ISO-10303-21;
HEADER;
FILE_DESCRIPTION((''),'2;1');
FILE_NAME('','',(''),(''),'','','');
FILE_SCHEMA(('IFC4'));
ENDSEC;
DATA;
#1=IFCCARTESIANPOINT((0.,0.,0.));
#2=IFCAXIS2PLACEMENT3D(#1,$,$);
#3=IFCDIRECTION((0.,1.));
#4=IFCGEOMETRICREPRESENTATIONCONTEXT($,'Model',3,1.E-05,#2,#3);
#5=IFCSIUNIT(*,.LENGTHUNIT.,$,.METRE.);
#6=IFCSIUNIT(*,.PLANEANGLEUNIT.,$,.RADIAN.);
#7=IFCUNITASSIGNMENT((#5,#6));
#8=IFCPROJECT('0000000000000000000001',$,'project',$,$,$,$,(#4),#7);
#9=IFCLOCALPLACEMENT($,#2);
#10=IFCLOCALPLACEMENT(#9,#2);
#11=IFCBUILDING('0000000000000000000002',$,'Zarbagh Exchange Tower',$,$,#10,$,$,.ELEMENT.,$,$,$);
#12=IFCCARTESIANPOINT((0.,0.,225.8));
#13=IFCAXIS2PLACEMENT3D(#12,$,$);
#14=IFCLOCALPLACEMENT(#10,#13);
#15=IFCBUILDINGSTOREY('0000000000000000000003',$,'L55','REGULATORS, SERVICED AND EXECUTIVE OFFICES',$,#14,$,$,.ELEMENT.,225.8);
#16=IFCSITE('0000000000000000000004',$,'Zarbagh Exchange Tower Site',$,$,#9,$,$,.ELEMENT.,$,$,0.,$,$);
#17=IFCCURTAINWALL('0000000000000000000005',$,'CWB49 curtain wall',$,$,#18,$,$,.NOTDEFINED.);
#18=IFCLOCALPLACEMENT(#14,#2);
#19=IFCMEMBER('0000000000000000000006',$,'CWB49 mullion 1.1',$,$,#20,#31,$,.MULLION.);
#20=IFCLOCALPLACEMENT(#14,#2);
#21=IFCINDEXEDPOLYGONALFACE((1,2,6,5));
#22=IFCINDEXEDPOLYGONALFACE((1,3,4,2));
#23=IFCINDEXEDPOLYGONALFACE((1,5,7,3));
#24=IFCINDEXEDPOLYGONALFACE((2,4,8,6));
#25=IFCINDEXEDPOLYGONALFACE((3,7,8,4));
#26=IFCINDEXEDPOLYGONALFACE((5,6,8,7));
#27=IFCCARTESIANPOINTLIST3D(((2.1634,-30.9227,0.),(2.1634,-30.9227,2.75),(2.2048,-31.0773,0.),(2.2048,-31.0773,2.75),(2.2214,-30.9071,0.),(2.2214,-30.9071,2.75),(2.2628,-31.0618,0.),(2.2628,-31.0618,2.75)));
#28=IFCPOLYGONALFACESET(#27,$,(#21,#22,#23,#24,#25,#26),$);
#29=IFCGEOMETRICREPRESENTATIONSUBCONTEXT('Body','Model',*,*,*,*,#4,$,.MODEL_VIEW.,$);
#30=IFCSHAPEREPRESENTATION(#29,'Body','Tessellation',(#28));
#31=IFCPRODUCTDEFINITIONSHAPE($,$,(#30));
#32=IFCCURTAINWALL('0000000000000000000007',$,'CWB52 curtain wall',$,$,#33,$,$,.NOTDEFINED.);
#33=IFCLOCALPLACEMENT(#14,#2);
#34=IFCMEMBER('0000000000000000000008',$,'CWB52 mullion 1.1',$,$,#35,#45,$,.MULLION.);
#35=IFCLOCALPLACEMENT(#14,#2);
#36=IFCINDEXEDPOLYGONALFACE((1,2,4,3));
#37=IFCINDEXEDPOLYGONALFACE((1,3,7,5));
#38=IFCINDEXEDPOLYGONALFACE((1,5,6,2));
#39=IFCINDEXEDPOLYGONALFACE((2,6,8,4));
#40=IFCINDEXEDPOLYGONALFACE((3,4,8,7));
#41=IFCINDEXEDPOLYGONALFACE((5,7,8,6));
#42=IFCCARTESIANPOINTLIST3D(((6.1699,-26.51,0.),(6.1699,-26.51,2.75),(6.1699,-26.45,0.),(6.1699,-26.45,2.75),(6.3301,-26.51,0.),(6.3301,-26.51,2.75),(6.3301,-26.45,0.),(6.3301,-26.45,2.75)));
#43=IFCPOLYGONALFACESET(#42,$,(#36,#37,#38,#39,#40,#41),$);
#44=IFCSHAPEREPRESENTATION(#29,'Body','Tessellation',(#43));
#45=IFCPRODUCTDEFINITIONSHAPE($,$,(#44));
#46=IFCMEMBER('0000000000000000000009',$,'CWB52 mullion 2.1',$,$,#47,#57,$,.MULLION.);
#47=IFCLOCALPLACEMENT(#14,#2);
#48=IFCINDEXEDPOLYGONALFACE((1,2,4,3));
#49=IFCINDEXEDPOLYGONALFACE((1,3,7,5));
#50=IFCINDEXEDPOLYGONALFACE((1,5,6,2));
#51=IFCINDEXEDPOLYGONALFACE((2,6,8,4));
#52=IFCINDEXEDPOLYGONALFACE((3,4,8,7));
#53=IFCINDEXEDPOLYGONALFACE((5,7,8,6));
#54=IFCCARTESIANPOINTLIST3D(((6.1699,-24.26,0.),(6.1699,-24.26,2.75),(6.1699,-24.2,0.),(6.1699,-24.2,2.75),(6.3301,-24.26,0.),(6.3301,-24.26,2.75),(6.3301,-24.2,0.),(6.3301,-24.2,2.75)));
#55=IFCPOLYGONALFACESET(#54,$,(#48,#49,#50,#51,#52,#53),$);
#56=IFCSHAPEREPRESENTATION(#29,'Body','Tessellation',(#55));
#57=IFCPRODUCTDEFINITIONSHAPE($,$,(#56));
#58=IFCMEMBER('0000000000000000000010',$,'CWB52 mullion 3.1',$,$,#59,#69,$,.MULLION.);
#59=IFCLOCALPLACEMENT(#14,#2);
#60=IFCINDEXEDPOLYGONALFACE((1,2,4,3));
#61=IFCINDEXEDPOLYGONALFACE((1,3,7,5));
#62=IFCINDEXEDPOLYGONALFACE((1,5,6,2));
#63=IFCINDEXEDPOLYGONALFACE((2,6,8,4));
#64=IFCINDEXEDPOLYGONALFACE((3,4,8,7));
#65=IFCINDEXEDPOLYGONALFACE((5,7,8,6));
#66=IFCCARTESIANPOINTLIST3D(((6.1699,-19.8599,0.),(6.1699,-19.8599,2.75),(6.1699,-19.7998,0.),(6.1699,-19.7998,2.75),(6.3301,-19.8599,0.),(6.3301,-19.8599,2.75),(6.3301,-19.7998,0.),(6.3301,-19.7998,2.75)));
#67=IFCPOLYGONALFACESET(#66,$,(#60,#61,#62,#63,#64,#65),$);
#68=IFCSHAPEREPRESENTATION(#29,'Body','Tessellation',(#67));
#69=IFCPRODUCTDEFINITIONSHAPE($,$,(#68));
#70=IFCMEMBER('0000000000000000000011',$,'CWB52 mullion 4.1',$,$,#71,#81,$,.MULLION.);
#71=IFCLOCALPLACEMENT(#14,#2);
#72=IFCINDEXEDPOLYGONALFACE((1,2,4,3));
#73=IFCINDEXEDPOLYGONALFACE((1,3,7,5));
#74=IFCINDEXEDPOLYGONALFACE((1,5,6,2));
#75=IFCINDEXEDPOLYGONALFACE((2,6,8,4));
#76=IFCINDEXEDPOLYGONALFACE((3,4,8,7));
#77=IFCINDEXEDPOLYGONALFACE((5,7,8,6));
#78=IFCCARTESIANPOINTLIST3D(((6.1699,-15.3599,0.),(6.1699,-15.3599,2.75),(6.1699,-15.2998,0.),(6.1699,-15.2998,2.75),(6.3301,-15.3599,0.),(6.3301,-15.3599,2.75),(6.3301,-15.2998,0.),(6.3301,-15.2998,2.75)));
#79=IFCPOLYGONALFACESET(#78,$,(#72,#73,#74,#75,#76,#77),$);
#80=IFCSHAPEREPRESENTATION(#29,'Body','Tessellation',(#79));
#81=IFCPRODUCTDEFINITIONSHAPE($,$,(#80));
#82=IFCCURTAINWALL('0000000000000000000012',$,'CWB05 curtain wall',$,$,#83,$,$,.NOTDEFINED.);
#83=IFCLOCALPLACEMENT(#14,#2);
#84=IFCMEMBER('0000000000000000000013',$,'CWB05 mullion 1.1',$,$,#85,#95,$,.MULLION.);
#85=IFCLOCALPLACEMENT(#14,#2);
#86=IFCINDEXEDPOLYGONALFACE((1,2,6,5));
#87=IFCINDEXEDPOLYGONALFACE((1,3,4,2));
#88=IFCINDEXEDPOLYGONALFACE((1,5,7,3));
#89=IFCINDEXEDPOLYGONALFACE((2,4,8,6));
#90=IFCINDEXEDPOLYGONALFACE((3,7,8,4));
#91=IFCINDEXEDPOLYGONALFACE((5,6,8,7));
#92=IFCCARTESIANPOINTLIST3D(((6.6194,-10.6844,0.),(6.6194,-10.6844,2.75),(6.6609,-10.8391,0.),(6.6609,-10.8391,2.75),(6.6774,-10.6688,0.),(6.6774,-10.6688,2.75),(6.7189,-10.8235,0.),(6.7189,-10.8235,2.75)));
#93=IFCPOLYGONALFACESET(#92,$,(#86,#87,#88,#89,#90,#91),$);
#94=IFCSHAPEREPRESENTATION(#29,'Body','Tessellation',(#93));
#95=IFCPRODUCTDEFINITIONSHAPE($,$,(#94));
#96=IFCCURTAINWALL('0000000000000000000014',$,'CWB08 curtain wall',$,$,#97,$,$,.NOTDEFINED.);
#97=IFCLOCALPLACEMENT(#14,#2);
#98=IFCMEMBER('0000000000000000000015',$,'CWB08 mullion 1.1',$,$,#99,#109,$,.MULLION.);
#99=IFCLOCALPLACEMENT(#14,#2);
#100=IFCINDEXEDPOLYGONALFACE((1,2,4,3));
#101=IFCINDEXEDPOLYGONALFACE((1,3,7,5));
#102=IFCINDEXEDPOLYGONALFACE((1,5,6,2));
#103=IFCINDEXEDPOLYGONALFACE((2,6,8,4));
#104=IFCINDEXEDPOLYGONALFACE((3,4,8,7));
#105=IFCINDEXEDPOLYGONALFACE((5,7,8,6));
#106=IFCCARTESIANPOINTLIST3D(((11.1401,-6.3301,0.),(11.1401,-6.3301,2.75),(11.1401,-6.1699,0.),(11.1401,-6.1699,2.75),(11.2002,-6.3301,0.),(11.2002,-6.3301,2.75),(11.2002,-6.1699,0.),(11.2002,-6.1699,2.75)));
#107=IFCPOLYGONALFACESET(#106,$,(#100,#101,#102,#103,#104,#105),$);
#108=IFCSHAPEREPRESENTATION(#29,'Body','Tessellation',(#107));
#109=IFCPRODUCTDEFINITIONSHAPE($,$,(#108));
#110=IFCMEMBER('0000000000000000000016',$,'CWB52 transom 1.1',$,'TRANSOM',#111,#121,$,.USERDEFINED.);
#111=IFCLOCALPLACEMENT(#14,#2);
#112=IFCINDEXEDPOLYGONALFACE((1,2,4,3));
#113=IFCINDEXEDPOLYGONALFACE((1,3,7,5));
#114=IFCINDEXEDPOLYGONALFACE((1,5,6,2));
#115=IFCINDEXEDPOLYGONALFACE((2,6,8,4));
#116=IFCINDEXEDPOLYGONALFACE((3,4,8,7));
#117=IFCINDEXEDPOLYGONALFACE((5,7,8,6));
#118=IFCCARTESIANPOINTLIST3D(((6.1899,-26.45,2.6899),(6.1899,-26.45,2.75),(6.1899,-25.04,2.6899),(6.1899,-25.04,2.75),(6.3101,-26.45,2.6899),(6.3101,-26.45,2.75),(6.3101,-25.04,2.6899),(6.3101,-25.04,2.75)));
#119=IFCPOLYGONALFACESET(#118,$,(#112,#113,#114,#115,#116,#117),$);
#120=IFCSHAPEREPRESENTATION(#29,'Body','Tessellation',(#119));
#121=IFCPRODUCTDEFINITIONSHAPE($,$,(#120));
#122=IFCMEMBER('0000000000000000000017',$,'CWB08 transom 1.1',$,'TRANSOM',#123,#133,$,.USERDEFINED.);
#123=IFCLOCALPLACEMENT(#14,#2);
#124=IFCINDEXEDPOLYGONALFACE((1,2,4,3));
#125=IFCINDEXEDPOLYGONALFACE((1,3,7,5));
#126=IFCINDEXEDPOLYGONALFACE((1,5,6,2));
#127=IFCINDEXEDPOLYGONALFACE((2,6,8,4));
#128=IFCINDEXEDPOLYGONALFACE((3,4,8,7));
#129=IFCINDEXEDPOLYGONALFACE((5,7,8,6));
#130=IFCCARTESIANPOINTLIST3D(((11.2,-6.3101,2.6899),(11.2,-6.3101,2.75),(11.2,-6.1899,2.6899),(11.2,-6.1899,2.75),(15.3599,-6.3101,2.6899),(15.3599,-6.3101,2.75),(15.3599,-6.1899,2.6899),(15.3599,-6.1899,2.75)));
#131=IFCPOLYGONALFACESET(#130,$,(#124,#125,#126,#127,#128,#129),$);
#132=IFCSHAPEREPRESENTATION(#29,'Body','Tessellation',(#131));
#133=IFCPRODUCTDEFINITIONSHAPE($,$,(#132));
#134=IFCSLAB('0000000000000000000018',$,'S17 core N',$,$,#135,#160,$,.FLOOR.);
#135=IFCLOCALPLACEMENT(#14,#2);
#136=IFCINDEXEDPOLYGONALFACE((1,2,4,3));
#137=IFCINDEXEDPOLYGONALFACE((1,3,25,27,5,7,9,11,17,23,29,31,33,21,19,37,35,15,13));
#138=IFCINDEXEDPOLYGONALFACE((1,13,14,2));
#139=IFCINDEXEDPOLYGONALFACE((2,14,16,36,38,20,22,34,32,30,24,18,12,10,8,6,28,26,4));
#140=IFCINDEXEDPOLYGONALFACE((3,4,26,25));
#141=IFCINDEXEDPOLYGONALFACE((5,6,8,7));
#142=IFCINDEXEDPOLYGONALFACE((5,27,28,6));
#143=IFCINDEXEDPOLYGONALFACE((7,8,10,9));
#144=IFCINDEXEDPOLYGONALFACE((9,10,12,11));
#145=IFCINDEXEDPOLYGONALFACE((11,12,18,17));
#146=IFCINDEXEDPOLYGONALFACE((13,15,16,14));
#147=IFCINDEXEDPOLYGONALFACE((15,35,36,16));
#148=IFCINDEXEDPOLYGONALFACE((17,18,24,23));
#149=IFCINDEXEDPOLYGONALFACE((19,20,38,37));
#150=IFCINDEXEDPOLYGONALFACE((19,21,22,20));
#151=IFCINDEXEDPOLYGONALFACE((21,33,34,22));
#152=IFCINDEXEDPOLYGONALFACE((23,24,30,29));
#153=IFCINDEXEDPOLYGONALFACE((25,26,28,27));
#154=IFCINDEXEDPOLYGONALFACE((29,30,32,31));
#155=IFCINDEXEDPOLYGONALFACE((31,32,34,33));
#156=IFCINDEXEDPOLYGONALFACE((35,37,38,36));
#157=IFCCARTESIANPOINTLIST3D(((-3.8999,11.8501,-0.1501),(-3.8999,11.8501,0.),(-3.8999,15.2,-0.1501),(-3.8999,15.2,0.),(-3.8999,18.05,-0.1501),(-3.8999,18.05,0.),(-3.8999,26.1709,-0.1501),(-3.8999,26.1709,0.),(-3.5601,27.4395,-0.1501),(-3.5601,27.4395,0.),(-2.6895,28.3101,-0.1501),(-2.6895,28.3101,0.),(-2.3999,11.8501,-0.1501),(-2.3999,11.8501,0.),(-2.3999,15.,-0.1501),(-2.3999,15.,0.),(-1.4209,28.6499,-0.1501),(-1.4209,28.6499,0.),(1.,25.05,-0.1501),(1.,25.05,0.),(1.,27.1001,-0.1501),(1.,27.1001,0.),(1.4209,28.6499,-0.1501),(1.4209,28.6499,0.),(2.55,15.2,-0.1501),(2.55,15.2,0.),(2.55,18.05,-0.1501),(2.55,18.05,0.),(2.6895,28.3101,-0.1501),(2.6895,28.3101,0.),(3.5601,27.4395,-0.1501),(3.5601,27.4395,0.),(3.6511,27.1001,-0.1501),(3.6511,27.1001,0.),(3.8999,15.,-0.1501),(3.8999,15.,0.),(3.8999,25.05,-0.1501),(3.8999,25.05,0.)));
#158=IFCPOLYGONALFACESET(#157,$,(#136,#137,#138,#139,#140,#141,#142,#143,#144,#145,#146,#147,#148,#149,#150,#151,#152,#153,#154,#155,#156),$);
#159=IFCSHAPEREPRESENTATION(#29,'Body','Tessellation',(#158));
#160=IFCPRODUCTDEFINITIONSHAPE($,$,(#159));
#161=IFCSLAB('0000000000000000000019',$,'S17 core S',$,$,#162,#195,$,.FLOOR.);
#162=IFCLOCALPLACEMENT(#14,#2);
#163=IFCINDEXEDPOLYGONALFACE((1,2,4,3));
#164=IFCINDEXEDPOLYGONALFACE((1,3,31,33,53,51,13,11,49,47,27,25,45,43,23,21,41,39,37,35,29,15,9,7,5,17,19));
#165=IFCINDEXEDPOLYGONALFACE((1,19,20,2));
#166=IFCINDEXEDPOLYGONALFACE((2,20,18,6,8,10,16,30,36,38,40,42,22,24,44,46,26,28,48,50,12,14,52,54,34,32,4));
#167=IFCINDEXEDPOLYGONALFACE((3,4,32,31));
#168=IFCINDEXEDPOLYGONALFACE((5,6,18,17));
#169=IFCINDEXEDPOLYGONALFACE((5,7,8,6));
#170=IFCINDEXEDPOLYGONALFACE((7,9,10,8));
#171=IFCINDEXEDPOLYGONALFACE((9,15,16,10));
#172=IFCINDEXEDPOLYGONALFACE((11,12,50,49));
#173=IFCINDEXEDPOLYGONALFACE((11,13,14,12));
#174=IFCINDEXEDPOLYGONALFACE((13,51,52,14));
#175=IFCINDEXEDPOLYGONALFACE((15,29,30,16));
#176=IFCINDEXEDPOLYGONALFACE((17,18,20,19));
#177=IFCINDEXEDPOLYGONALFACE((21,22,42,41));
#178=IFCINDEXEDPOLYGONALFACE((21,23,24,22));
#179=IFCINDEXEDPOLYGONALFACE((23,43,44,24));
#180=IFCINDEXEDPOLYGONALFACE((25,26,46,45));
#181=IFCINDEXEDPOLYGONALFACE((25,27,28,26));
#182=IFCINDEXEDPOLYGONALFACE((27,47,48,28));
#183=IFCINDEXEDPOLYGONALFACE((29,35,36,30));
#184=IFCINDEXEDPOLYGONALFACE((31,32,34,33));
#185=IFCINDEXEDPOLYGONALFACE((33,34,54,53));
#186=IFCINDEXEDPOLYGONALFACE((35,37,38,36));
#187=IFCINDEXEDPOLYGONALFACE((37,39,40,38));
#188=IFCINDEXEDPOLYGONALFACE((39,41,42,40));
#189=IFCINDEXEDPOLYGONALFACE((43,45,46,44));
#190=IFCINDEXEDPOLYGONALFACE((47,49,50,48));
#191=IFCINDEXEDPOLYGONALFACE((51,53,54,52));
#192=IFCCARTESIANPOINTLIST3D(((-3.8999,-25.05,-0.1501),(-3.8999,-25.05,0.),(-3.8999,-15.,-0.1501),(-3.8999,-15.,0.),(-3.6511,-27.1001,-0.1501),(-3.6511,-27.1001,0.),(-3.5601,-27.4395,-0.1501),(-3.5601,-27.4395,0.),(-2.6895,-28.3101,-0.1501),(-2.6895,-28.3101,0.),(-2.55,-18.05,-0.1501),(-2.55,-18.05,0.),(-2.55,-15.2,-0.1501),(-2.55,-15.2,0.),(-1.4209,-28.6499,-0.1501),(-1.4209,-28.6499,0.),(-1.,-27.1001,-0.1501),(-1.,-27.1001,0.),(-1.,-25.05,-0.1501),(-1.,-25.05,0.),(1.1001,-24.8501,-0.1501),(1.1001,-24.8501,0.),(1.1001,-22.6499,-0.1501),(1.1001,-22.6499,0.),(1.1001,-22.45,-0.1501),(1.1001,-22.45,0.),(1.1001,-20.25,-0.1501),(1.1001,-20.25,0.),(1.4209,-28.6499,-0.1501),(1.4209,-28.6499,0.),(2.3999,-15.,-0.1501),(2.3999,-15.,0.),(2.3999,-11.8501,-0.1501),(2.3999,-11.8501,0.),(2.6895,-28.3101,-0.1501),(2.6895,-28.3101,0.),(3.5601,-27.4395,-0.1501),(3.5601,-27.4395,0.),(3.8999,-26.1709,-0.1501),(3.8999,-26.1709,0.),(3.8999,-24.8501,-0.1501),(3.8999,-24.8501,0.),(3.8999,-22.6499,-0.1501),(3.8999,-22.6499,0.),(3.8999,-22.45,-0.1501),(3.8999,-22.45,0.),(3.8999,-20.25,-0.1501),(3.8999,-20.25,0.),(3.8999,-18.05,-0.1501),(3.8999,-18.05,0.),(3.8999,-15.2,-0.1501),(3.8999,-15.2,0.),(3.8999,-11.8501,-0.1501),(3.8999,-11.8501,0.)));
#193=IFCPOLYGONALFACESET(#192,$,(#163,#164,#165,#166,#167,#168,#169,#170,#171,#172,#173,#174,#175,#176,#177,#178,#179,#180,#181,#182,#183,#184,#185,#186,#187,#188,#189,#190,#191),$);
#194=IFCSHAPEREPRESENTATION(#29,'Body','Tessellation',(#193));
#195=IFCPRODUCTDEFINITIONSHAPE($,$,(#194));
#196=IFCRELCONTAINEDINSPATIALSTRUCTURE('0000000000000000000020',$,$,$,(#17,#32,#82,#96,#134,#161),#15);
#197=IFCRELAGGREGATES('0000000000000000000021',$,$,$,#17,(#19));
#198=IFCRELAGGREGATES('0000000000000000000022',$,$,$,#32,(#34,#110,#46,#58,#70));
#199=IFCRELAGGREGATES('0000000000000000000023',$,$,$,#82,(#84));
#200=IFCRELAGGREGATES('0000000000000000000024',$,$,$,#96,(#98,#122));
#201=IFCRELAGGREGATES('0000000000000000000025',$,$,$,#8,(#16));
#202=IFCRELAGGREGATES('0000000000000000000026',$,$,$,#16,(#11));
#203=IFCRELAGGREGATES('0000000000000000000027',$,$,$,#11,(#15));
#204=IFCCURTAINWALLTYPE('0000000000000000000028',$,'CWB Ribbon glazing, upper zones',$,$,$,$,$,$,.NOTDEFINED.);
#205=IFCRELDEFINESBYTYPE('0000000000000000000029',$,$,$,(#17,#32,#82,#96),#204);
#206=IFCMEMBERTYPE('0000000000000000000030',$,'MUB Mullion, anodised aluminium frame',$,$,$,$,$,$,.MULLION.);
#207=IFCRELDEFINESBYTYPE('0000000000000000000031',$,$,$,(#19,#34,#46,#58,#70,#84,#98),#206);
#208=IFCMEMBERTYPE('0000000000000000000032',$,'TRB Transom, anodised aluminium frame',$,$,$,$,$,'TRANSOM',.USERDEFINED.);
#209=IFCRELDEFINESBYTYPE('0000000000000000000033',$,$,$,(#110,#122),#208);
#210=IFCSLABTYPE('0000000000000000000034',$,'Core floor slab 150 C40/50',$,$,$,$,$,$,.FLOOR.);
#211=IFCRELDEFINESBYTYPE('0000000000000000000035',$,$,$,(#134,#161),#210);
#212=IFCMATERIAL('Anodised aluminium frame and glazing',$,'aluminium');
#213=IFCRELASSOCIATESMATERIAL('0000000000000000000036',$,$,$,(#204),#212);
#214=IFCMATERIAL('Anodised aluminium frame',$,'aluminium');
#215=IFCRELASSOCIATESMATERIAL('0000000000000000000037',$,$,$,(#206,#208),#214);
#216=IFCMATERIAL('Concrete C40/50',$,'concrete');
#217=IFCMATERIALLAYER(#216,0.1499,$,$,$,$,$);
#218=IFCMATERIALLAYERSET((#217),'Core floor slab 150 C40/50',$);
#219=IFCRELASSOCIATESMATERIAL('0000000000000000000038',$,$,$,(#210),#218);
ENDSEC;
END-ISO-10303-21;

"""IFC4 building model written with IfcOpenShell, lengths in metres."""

from ifc_helpers import new_model, si_unit, direction, frame, origin, place, context, subcontext, project, spatial, polyline, outline, extrude, source, transform, mapped, material, layer, layer_set, type_object, element, aggregate, save


model = new_model("IFC4")

# Units and contexts
model_context = context("Model", 3, precision=1e-05, world=origin(), true_north=direction((0.0, 1.0)))
body_context = subcontext(model_context, "Body", "Model", "MODEL_VIEW")
ifc_project = project(units=[si_unit("LENGTHUNIT", "METRE"), si_unit("PLANEANGLEUNIT", "RADIAN")], contexts=[model_context])

# Site, building, storey
site_placement = place(None, origin())
site = spatial("IfcSite", under=ifc_project, at=site_placement, Name="Zarbagh Exchange Tower Site", CompositionType="ELEMENT", RefElevation=0.0)
building_placement = place(site_placement, origin())
building = spatial("IfcBuilding", under=site, at=building_placement, Name="Zarbagh Exchange Tower", CompositionType="ELEMENT")
storey_placement = place(building_placement, frame((0.0, 0.0, 225.8)))
storey = spatial("IfcBuildingStorey", under=building, at=storey_placement, Name="L55", Description="REGULATORS, SERVICED AND EXECUTIVE OFFICES", CompositionType="ELEMENT", Elevation=225.8)

# Curtain wall, member
ifc_material_1 = material(Name="Anodised aluminium frame and glazing", Category="aluminium")
curtain_wall_type = type_object("IfcCurtainWallType", Name="CWB Ribbon glazing, upper zones", PredefinedType="NOTDEFINED", material=ifc_material_1)
curtain_wall_1_placement = place(storey_placement, origin())
curtain_wall_1 = element("IfcCurtainWall", 1, at=curtain_wall_1_placement, inside=storey, type_object=curtain_wall_type, Name="CWB49 curtain wall", PredefinedType="NOTDEFINED")
ifc_material_2 = material(Name="Anodised aluminium frame", Category="aluminium")
member_type_1 = type_object("IfcMemberType", Name="MUB Mullion, anodised aluminium frame", PredefinedType="MULLION", material=ifc_material_2)
shared_shape_1 = source(origin(), body_context, "Body", "SweptSolid", [
    extrude(outline(polyline([(0.0, -0.0801), (0.0601, -0.0801), (0.0601, 0.0801), (0.0, 0.0801), (0.0, -0.0801)])), origin(), (0.0, 0.0, 1.0), 2.75),
])
placement = place(storey_placement, origin())
member_1 = element("IfcMember", 2, at=placement, type_object=member_type_1, Name="CWB49 mullion 1.1", PredefinedType="MULLION", context=body_context, shape_type="MappedRepresentation", body=[
    mapped(shared_shape_1, transform((2.1841, -31.0, 0.0), x_axis=(0.965924, 0.258825, 0.0), y_axis=(-0.258825, 0.965924, 0.0), z_axis=(0.0, 0.0, 1.0))),
])

# Curtain wall, members
curtain_wall_2_placement = place(storey_placement, origin())
curtain_wall_2 = element("IfcCurtainWall", 3, at=curtain_wall_2_placement, inside=storey, type_object=curtain_wall_type, Name="CWB52 curtain wall", PredefinedType="NOTDEFINED")
member_2 = element("IfcMember", 4, at=placement, type_object=member_type_1, Name="CWB52 mullion 1.1", PredefinedType="MULLION", context=body_context, shape_type="MappedRepresentation", body=[
    mapped(shared_shape_1, transform((6.25, -26.51, 0.0), x_axis=(0.0, 1.0, 0.0), y_axis=(-1.0, 0.0, 0.0), z_axis=(0.0, 0.0, 1.0))),
])
member_3 = element("IfcMember", 5, at=placement, type_object=member_type_1, Name="CWB52 mullion 2.1", PredefinedType="MULLION", context=body_context, shape_type="MappedRepresentation", body=[
    mapped(shared_shape_1, transform((6.25, -24.26, 0.0), x_axis=(0.0, 1.0, 0.0), y_axis=(-1.0, 0.0, 0.0), z_axis=(0.0, 0.0, 1.0))),
])
member_4 = element("IfcMember", 6, at=placement, type_object=member_type_1, Name="CWB52 mullion 3.1", PredefinedType="MULLION", context=body_context, shape_type="MappedRepresentation", body=[
    mapped(shared_shape_1, transform((6.25, -19.8599, 0.0), x_axis=(0.0, 1.0, 0.0), y_axis=(-1.0, 0.0, 0.0), z_axis=(0.0, 0.0, 1.0))),
])
member_5 = element("IfcMember", 7, at=placement, type_object=member_type_1, Name="CWB52 mullion 4.1", PredefinedType="MULLION", context=body_context, shape_type="MappedRepresentation", body=[
    mapped(shared_shape_1, transform((6.25, -15.3599, 0.0), x_axis=(0.0, 1.0, 0.0), y_axis=(-1.0, 0.0, 0.0), z_axis=(0.0, 0.0, 1.0))),
])

# Curtain walls, members
curtain_wall_3_placement = place(storey_placement, origin())
curtain_wall_3 = element("IfcCurtainWall", 8, at=curtain_wall_3_placement, inside=storey, type_object=curtain_wall_type, Name="CWB05 curtain wall", PredefinedType="NOTDEFINED")
member_6 = element("IfcMember", 9, at=placement, type_object=member_type_1, Name="CWB05 mullion 1.1", PredefinedType="MULLION", context=body_context, shape_type="MappedRepresentation", body=[
    mapped(shared_shape_1, transform((6.6401, -10.7617, 0.0), x_axis=(0.965924, 0.258825, 0.0), y_axis=(-0.258825, 0.965924, 0.0), z_axis=(0.0, 0.0, 1.0))),
])
curtain_wall_4_placement = place(storey_placement, origin())
curtain_wall_4 = element("IfcCurtainWall", 10, at=curtain_wall_4_placement, inside=storey, type_object=curtain_wall_type, Name="CWB08 curtain wall", PredefinedType="NOTDEFINED")
member_7 = element("IfcMember", 11, at=placement, type_object=member_type_1, Name="CWB08 mullion 1.1", PredefinedType="MULLION", context=body_context, shape_type="MappedRepresentation", body=[
    mapped(shared_shape_1, transform((11.1401, -6.25, 0.0), x_axis=(1.0, 0.0, 0.0), y_axis=(0.0, 1.0, 0.0), z_axis=(0.0, 0.0, 1.0))),
])

# Members
member_type_2 = type_object("IfcMemberType", Name="TRB Transom, anodised aluminium frame", ElementType="TRANSOM", PredefinedType="USERDEFINED", material=ifc_material_2)
shared_shape_2 = source(origin(), body_context, "Body", "SweptSolid", [
    extrude(outline(polyline([(-0.0601, -0.0601), (0.0, -0.0601), (0.0, 0.0601), (-0.0601, 0.0601), (-0.0601, -0.0601)])), origin(), (0.0, 0.0, 1.0), 1.4099),
])
member_8 = element("IfcMember", 12, at=placement, type_object=member_type_2, Name="CWB52 transom 1.1", ObjectType="TRANSOM", PredefinedType="USERDEFINED", context=body_context, shape_type="MappedRepresentation", body=[
    mapped(shared_shape_2, transform((6.25, -26.45, 2.75), x_axis=(0.0, 0.0, 1.0), y_axis=(1.0, 0.0, 0.0), z_axis=(0.0, 1.0, 0.0))),
])
shared_shape_3 = source(origin(), body_context, "Body", "SweptSolid", [
    extrude(outline(polyline([(-0.0601, -0.0601), (0.0, -0.0601), (0.0, 0.0601), (-0.0601, 0.0601), (-0.0601, -0.0601)])), origin(), (0.0, 0.0, 1.0), 4.1599),
])
member_9 = element("IfcMember", 13, at=placement, type_object=member_type_2, Name="CWB08 transom 1.1", ObjectType="TRANSOM", PredefinedType="USERDEFINED", context=body_context, shape_type="MappedRepresentation", body=[
    mapped(shared_shape_3, transform((11.2, -6.25, 2.75), x_axis=(0.0, 0.0, 1.0), y_axis=(0.0, -1.0, 0.0), z_axis=(1.0, 0.0, 0.0))),
])

# Slabs
ifc_material_3 = material(Name="Concrete C40/50", Category="concrete")
ifc_layer_1 = layer(ifc_material_3, 0.1499)
ifc_layer_set_1 = layer_set([ifc_layer_1], Name="Core floor slab 150 C40/50")
slab_type = type_object("IfcSlabType", Name="Core floor slab 150 C40/50", PredefinedType="FLOOR", material=ifc_layer_set_1)
slab_1_placement = place(storey_placement, frame((0.0, 0.0, -0.1501)))
element("IfcSlab", 14, at=slab_1_placement, inside=storey, type_object=slab_type, Name="S17 core N", PredefinedType="FLOOR", context=body_context, shape_type="SweptSolid", body=[
    extrude(outline(polyline([(-3.8999, 11.8501), (-3.8999, 15.2), (2.55, 15.2), (2.55, 18.05), (-3.8999, 18.05), (-3.8999, 26.1709), (-3.5601, 27.4395), (-2.6895, 28.3101), (-1.4209, 28.6499), (1.4209, 28.6499), (2.6895, 28.3101), (3.5601, 27.4395), (3.6511, 27.1001), (1.0, 27.1001), (1.0, 25.05), (3.8999, 25.05), (3.8999, 15.0), (-2.3999, 15.0), (-2.3999, 11.8501), (-3.8999, 11.8501)])), origin(), (0.0, 0.0, 1.0), 0.1501),
])
slab_2_placement = place(storey_placement, frame((0.0, 0.0, -0.1501)))
element("IfcSlab", 15, at=slab_2_placement, inside=storey, type_object=slab_type, Name="S17 core S", PredefinedType="FLOOR", context=body_context, shape_type="SweptSolid", body=[
    extrude(outline(polyline([(-2.6895, -28.3101), (-3.5601, -27.4395), (-3.6511, -27.1001), (-1.0, -27.1001), (-1.0, -25.05), (-3.8999, -25.05), (-3.8999, -15.0), (2.3999, -15.0), (2.3999, -11.8501), (3.8999, -11.8501), (3.8999, -15.2), (-2.55, -15.2), (-2.55, -18.05), (3.8999, -18.05), (3.8999, -20.25), (1.1001, -20.25), (1.1001, -22.45), (3.8999, -22.45), (3.8999, -22.6499), (1.1001, -22.6499), (1.1001, -24.8501), (3.8999, -24.8501), (3.8999, -26.1709), (3.5601, -27.4395), (2.6895, -28.3101), (1.4209, -28.6499), (-1.4209, -28.6499), (-2.6895, -28.3101)])), origin(), (0.0, 0.0, 1.0), 0.1501),
])

aggregate(curtain_wall_1, [member_1])

aggregate(curtain_wall_2, [member_2, member_8, member_3, member_4, member_5])
aggregate(curtain_wall_3, [member_6])

aggregate(curtain_wall_4, [member_7, member_9])

save(model, "model.ifc")
